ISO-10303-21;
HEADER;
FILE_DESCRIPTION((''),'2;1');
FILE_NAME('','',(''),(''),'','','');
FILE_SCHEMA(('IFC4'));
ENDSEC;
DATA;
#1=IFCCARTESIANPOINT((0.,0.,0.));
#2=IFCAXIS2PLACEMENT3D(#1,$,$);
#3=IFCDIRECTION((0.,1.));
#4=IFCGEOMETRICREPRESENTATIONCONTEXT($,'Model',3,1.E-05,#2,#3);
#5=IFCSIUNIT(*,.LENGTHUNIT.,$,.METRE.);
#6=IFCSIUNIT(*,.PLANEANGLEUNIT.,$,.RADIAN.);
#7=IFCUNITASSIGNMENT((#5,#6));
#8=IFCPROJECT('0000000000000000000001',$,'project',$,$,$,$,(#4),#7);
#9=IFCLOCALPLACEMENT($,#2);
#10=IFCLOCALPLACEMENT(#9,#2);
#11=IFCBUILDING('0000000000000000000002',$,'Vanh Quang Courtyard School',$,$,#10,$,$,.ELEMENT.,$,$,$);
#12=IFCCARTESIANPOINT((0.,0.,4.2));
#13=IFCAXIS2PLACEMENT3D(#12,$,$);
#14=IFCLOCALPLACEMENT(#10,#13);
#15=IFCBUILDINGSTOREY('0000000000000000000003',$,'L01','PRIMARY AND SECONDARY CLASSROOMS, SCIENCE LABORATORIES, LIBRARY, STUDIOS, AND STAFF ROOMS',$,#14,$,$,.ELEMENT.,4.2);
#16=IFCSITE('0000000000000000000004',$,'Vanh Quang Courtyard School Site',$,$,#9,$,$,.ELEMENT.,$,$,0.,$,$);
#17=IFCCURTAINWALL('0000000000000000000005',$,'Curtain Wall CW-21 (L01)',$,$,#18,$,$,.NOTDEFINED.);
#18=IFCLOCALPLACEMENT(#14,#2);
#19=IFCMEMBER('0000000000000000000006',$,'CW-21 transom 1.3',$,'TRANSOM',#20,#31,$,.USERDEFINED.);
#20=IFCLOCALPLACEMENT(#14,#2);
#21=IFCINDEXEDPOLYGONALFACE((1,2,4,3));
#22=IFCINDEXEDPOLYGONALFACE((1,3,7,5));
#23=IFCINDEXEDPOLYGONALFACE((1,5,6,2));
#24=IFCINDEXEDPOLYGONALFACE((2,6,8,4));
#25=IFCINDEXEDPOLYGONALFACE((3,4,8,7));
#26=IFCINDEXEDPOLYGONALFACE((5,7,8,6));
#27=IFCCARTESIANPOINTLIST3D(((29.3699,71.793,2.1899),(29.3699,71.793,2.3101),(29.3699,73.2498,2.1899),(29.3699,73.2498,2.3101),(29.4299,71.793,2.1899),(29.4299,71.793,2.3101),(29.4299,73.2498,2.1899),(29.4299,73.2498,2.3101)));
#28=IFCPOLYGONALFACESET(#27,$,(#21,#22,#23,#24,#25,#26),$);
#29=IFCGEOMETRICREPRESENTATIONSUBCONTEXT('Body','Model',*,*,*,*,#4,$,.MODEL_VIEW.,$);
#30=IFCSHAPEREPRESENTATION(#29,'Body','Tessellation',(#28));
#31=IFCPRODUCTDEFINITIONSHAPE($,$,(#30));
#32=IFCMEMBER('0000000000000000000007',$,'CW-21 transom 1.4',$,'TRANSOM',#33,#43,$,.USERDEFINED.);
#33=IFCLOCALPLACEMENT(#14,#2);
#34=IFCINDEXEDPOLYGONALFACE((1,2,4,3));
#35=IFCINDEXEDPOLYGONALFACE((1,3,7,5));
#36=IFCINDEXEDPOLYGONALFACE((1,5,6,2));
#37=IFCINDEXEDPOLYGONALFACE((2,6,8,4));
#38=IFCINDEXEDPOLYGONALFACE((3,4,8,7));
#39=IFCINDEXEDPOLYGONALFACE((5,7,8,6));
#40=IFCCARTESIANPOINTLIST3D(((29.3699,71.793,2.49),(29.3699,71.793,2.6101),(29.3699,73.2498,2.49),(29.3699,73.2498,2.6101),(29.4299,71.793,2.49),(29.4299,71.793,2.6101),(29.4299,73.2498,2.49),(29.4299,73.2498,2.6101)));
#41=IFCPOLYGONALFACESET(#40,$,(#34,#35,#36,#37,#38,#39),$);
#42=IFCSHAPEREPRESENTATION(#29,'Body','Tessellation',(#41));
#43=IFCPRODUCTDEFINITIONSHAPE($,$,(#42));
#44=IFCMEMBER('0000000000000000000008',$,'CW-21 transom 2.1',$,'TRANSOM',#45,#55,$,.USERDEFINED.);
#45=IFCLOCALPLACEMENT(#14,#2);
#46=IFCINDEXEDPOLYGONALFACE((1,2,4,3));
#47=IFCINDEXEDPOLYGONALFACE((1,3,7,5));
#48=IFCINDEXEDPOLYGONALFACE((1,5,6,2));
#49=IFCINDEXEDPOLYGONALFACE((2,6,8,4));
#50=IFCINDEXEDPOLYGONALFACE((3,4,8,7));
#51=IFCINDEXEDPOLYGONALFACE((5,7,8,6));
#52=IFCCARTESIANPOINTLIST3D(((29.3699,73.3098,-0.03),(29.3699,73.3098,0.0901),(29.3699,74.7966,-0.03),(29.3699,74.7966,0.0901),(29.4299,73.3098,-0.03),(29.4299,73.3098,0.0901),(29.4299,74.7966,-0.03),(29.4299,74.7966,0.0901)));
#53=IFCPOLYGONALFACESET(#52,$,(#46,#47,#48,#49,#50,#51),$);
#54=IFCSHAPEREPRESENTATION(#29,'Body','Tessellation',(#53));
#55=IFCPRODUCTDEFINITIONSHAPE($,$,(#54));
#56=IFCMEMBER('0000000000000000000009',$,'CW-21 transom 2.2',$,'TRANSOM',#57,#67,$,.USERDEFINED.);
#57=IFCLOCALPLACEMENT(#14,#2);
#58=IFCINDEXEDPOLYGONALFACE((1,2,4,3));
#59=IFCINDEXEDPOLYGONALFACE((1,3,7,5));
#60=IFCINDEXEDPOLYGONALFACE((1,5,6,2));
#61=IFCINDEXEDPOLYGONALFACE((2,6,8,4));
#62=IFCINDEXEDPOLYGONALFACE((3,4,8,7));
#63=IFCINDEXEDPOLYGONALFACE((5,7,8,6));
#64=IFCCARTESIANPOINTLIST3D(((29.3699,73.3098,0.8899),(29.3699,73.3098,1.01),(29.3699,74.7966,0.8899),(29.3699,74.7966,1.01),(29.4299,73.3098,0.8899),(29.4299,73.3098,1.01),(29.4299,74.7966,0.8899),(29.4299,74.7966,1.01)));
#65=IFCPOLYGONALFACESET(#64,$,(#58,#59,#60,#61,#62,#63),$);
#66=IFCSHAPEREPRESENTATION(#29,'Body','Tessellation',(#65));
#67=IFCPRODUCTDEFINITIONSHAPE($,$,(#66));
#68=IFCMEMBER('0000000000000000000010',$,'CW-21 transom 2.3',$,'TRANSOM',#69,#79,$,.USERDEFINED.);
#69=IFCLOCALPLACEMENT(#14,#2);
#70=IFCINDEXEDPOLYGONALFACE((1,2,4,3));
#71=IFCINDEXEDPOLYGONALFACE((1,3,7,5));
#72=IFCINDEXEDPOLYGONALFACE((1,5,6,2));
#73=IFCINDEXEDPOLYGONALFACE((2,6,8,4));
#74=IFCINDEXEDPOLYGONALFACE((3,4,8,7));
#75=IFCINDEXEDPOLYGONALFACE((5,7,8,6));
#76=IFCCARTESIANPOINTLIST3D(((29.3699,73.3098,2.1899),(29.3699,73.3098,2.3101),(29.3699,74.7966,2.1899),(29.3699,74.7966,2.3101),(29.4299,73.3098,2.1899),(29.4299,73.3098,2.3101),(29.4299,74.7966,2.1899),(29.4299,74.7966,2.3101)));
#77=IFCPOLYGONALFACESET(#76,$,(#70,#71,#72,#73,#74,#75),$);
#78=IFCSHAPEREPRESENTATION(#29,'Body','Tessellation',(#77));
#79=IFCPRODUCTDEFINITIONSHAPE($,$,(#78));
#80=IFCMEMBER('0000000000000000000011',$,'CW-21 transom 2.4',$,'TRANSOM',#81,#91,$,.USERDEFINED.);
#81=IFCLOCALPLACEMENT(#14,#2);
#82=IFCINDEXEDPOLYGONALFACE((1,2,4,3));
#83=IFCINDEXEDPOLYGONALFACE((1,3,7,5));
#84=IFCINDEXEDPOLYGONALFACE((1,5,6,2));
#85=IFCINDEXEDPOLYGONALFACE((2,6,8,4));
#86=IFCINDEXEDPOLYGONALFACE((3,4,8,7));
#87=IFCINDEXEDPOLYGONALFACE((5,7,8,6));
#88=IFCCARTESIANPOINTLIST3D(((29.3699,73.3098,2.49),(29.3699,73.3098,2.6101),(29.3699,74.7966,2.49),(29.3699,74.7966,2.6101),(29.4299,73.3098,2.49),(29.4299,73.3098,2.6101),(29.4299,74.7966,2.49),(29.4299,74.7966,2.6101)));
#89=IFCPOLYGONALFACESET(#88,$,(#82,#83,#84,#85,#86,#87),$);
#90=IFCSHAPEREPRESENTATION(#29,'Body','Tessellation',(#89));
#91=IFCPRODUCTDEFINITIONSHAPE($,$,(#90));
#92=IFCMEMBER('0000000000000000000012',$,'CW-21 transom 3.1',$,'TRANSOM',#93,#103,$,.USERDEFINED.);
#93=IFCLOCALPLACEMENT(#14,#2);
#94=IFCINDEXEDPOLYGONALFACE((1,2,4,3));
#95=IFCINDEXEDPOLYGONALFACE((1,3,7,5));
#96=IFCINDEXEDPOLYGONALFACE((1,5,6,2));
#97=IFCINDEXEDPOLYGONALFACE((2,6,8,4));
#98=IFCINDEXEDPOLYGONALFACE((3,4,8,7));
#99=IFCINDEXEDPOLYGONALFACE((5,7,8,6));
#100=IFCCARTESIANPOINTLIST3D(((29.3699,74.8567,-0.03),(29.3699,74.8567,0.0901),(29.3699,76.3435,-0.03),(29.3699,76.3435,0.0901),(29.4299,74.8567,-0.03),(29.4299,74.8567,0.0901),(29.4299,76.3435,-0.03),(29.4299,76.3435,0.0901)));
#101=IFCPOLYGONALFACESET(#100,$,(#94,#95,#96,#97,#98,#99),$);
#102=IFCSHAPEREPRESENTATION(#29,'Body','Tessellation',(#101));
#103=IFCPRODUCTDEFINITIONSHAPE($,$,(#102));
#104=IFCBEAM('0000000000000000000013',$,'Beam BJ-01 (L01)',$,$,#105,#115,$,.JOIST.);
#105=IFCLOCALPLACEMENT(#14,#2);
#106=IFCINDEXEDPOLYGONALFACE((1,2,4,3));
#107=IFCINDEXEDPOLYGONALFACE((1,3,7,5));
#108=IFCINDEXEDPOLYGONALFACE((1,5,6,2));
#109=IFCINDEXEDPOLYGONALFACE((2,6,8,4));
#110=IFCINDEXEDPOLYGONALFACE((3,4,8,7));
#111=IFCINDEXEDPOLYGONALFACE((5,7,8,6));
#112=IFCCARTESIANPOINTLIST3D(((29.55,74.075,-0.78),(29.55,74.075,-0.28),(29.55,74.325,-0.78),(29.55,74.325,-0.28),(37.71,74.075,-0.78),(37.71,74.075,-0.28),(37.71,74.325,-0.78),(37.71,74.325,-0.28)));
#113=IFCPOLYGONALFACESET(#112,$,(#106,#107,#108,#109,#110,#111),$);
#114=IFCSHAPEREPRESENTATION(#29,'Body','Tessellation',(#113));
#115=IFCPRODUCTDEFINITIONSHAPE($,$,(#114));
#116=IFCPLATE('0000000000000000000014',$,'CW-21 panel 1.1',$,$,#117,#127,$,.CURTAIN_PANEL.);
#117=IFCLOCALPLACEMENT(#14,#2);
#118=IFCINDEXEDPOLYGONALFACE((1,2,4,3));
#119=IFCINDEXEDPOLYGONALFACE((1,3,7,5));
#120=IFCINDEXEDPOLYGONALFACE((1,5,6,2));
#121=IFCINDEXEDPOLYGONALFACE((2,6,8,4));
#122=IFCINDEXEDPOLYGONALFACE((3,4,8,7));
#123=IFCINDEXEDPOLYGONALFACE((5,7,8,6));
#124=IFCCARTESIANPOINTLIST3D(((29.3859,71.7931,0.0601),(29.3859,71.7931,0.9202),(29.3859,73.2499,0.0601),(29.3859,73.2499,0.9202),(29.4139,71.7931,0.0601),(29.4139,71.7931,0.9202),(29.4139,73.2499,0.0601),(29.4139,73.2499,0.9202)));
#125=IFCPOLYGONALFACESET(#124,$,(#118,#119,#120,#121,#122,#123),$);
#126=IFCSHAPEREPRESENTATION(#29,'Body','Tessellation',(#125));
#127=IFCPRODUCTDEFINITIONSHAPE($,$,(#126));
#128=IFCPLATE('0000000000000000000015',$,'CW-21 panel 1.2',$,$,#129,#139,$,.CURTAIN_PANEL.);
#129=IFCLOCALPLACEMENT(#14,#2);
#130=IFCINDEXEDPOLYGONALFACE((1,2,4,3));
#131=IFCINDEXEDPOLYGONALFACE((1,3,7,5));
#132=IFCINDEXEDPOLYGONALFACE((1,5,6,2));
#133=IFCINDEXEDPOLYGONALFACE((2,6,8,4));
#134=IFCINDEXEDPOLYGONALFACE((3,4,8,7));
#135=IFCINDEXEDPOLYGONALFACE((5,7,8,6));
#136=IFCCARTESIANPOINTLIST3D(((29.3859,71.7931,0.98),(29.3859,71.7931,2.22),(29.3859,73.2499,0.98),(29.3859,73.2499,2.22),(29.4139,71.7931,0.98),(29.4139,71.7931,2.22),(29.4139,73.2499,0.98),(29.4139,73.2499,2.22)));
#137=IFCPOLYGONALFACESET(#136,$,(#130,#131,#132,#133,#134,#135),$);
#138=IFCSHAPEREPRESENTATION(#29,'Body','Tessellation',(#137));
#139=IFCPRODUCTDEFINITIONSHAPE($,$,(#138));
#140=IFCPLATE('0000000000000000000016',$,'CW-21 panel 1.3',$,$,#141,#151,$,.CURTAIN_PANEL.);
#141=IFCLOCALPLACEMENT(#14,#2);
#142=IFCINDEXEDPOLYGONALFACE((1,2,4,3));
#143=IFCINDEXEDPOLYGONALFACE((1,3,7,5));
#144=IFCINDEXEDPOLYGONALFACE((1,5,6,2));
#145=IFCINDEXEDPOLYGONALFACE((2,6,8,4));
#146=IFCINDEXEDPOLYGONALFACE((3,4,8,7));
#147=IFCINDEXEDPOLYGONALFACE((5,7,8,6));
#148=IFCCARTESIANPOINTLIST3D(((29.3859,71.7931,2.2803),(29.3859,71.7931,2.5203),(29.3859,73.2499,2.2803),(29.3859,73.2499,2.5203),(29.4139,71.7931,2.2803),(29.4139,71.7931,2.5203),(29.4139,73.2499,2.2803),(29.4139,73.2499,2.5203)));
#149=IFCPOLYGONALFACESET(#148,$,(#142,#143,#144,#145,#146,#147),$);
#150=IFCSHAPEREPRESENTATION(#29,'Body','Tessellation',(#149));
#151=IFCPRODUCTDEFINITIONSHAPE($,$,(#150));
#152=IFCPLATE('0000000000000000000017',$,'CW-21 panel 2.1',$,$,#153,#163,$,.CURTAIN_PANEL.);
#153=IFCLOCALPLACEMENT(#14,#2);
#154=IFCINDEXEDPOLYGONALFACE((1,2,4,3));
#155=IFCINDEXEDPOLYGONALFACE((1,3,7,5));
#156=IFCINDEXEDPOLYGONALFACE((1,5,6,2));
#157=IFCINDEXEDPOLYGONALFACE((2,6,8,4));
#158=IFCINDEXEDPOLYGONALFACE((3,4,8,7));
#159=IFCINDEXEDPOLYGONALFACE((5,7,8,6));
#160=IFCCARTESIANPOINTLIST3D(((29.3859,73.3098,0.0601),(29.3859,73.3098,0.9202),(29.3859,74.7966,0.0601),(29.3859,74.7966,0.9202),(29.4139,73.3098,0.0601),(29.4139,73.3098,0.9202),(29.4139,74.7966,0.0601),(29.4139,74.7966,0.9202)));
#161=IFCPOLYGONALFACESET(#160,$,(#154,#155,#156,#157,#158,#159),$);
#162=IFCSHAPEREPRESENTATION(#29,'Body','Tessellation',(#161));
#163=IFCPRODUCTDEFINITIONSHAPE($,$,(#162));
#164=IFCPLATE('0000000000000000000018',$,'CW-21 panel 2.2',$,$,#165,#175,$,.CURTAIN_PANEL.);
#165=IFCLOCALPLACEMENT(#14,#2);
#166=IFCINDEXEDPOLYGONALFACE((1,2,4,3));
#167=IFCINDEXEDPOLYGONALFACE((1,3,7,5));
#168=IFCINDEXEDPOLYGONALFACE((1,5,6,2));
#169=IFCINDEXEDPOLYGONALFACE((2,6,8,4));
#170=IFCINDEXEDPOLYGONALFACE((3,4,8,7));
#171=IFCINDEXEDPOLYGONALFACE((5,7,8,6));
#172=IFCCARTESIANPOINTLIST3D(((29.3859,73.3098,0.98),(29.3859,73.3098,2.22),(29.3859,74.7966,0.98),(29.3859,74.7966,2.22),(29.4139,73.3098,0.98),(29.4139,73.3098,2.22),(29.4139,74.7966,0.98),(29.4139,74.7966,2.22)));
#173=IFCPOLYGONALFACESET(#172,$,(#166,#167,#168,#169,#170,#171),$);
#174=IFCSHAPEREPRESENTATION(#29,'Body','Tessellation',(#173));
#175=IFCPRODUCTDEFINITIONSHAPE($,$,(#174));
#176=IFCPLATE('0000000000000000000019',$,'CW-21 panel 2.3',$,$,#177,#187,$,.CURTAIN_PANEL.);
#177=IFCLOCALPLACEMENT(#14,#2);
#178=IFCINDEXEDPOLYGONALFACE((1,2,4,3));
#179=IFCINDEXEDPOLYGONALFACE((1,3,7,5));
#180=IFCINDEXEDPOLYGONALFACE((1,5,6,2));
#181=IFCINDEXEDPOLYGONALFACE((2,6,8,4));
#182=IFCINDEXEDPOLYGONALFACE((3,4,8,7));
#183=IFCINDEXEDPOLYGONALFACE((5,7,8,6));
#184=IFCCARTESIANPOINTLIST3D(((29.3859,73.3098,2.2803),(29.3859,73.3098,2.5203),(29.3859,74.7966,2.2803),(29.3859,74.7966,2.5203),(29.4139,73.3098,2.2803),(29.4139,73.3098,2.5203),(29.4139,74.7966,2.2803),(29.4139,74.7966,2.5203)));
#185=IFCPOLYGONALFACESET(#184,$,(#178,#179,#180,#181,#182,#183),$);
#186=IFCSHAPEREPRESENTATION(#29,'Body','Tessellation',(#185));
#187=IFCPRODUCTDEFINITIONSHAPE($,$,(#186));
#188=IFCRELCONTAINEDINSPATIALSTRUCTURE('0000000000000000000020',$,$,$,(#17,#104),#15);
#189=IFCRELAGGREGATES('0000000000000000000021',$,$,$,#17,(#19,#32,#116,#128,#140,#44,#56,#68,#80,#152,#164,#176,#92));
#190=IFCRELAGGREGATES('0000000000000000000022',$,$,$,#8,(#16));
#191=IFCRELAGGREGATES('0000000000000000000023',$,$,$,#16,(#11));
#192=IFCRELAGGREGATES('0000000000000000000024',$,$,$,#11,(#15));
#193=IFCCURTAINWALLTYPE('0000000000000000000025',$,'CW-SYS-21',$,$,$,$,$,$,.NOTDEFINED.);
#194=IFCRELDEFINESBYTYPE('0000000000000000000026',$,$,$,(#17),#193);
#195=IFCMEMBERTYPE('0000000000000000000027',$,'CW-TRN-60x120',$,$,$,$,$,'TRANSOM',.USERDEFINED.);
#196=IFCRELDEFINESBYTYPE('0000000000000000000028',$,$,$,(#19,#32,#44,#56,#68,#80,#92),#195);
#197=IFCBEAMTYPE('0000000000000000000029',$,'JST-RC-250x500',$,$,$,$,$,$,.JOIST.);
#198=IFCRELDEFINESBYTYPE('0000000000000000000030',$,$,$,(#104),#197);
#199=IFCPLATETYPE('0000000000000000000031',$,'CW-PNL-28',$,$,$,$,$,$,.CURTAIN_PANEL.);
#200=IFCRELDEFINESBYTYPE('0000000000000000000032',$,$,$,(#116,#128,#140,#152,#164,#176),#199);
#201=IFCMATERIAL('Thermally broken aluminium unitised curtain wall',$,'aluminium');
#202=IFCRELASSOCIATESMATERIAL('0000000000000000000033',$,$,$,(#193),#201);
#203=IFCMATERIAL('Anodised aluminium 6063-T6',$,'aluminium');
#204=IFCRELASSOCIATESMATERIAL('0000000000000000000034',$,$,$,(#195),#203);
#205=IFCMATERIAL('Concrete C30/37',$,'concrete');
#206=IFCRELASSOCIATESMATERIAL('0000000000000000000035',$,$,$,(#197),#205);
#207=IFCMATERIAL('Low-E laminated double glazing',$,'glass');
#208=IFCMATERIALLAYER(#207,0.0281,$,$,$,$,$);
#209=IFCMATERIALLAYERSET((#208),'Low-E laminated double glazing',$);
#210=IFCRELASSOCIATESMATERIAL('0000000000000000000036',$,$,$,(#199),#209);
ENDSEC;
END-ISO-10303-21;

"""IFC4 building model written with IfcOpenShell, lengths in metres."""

from ifc_helpers import new_model, si_unit, direction, frame, origin, origin_2d, place, context, subcontext, project, spatial, rectangle, extrude, material, layer, layer_set, material_profile, profile_set, type_object, element, aggregate, save


model = new_model("IFC4")

# Units and contexts
model_context = context("Model", 3, precision=1e-05, world=origin(), true_north=direction((0.0, 1.0)))
body_context = subcontext(model_context, "Body", "Model", "MODEL_VIEW")
ifc_project = project(units=[si_unit("LENGTHUNIT", "METRE"), si_unit("PLANEANGLEUNIT", "RADIAN")], contexts=[model_context])

# Site, building, storey
site_placement = place(None, origin())
site = spatial("IfcSite", under=ifc_project, at=site_placement, Name="Vanh Quang Courtyard School Site", CompositionType="ELEMENT", RefElevation=0.0)
building_placement = place(site_placement, origin())
building = spatial("IfcBuilding", under=site, at=building_placement, Name="Vanh Quang Courtyard School", CompositionType="ELEMENT")
storey_placement = place(building_placement, frame((0.0, 0.0, 4.2)))
storey = spatial("IfcBuildingStorey", under=building, at=storey_placement, Name="L01", Description="PRIMARY AND SECONDARY CLASSROOMS, SCIENCE LABORATORIES, LIBRARY, STUDIOS, AND STAFF ROOMS", CompositionType="ELEMENT", Elevation=4.2)

# Curtain wall, members
ifc_material_1 = material(Name="Thermally broken aluminium unitised curtain wall", Category="aluminium")
curtain_wall_type = type_object("IfcCurtainWallType", Name="CW-SYS-21", PredefinedType="NOTDEFINED", material=ifc_material_1)
curtain_wall_placement = place(storey_placement, origin())
curtain_wall = element("IfcCurtainWall", 1, at=curtain_wall_placement, inside=storey, type_object=curtain_wall_type, Name="Curtain Wall CW-21 (L01)", PredefinedType="NOTDEFINED")
ifc_material_2 = material(Name="Anodised aluminium 6063-T6", Category="aluminium")
ifc_material_profile_1 = material_profile(ifc_material_2, rectangle(XDim=0.0601, YDim=0.1201, at=origin_2d()), Name="ALU-TRN 60x120")
ifc_profile_set_1 = profile_set([ifc_material_profile_1], Name="Anodised aluminium 6063-T6")
member_type_1 = type_object("IfcMemberType", Name="CW-TRN-60x120", ElementType="TRANSOM", PredefinedType="USERDEFINED", material=ifc_profile_set_1)
member_1_placement = place(storey_placement, frame((29.3999, 71.793, 2.25), z_axis=(0.0, 1.0, 0.0), x_axis=(-1.0, 0.0, 0.0)))
member_1 = element("IfcMember", 2, at=member_1_placement, type_object=member_type_1, Name="CW-21 transom 1.3", ObjectType="TRANSOM", PredefinedType="USERDEFINED", context=body_context, shape_type="SweptSolid", body=[
    extrude(rectangle(XDim=0.0601, YDim=0.1201, at=origin_2d()), origin(), (0.0, 0.0, 1.0), 1.4568),
])
member_2_placement = place(storey_placement, frame((29.3999, 71.793, 2.55), z_axis=(0.0, 1.0, 0.0), x_axis=(-1.0, 0.0, 0.0)))
member_2 = element("IfcMember", 3, at=member_2_placement, type_object=member_type_1, Name="CW-21 transom 1.4", ObjectType="TRANSOM", PredefinedType="USERDEFINED", context=body_context, shape_type="SweptSolid", body=[
    extrude(rectangle(XDim=0.0601, YDim=0.1201, at=origin_2d()), origin(), (0.0, 0.0, 1.0), 1.4568),
])
member_3_placement = place(storey_placement, frame((29.3999, 73.3098, 0.03), z_axis=(0.0, 1.0, 0.0), x_axis=(-1.0, 0.0, 0.0)))
member_3 = element("IfcMember", 4, at=member_3_placement, type_object=member_type_1, Name="CW-21 transom 2.1", ObjectType="TRANSOM", PredefinedType="USERDEFINED", context=body_context, shape_type="SweptSolid", body=[
    extrude(rectangle(XDim=0.0601, YDim=0.1201, at=origin_2d()), origin(), (0.0, 0.0, 1.0), 1.4868),
])
member_4_placement = place(storey_placement, frame((29.3999, 73.3098, 0.95), z_axis=(0.0, 1.0, 0.0), x_axis=(-1.0, 0.0, 0.0)))
member_4 = element("IfcMember", 5, at=member_4_placement, type_object=member_type_1, Name="CW-21 transom 2.2", ObjectType="TRANSOM", PredefinedType="USERDEFINED", context=body_context, shape_type="SweptSolid", body=[
    extrude(rectangle(XDim=0.0601, YDim=0.1201, at=origin_2d()), origin(), (0.0, 0.0, 1.0), 1.4868),
])
member_5_placement = place(storey_placement, frame((29.3999, 73.3098, 2.25), z_axis=(0.0, 1.0, 0.0), x_axis=(-1.0, 0.0, 0.0)))
member_5 = element("IfcMember", 6, at=member_5_placement, type_object=member_type_1, Name="CW-21 transom 2.3", ObjectType="TRANSOM", PredefinedType="USERDEFINED", context=body_context, shape_type="SweptSolid", body=[
    extrude(rectangle(XDim=0.0601, YDim=0.1201, at=origin_2d()), origin(), (0.0, 0.0, 1.0), 1.4868),
])
member_6_placement = place(storey_placement, frame((29.3999, 73.3098, 2.55), z_axis=(0.0, 1.0, 0.0), x_axis=(-1.0, 0.0, 0.0)))
member_6 = element("IfcMember", 7, at=member_6_placement, type_object=member_type_1, Name="CW-21 transom 2.4", ObjectType="TRANSOM", PredefinedType="USERDEFINED", context=body_context, shape_type="SweptSolid", body=[
    extrude(rectangle(XDim=0.0601, YDim=0.1201, at=origin_2d()), origin(), (0.0, 0.0, 1.0), 1.4868),
])
member_7_placement = place(storey_placement, frame((29.3999, 74.8567, 0.03), z_axis=(0.0, 1.0, 0.0), x_axis=(-1.0, 0.0, 0.0)))
member_7 = element("IfcMember", 8, at=member_7_placement, type_object=member_type_1, Name="CW-21 transom 3.1", ObjectType="TRANSOM", PredefinedType="USERDEFINED", context=body_context, shape_type="SweptSolid", body=[
    extrude(rectangle(XDim=0.0601, YDim=0.1201, at=origin_2d()), origin(), (0.0, 0.0, 1.0), 1.4868),
])

# Beam
ifc_material_3 = material(Name="Concrete C30/37", Category="concrete")
ifc_material_profile_2 = material_profile(ifc_material_3, rectangle(XDim=0.25, YDim=0.5, at=origin_2d()), Name="RC-JST 250x500")
ifc_profile_set_2 = profile_set([ifc_material_profile_2], Name="Concrete C30/37")
beam_type_1 = type_object("IfcBeamType", Name="JST-RC-250x500", PredefinedType="JOIST", material=ifc_profile_set_2)
beam_1_placement = place(storey_placement, frame((29.55, 74.2, -0.53), z_axis=(1.0, 0.0, 0.0), x_axis=(0.0, 1.0, 0.0)))
element("IfcBeam", 9, at=beam_1_placement, inside=storey, type_object=beam_type_1, Name="Beam BJ-01 (L01)", PredefinedType="JOIST", context=body_context, shape_type="SweptSolid", body=[
    extrude(rectangle(XDim=0.25, YDim=0.5, at=origin_2d()), origin(), (0.0, 0.0, 1.0), 8.1599),
])

# Plates
ifc_material_4 = material(Name="Low-E laminated double glazing", Category="glass")
ifc_layer_1 = layer(ifc_material_4, 0.0281)
ifc_layer_set_1 = layer_set([ifc_layer_1], Name="Low-E laminated double glazing")
plate_type = type_object("IfcPlateType", Name="CW-PNL-28", PredefinedType="CURTAIN_PANEL", material=ifc_layer_set_1)
plate_1_placement = place(storey_placement, frame((29.3999, 72.5215, 0.0601), z_axis=(0.0, 0.0, 1.0), x_axis=(0.0, 1.0, 0.0)))
plate_1 = element("IfcPlate", 10, at=plate_1_placement, type_object=plate_type, Name="CW-21 panel 1.1", PredefinedType="CURTAIN_PANEL", context=body_context, shape_type="SweptSolid", body=[
    extrude(rectangle(XDim=1.4568, YDim=0.0281, at=origin_2d()), origin(), (0.0, 0.0, 1.0), 0.8601),
])
plate_2_placement = place(storey_placement, frame((29.3999, 72.5215, 0.98), z_axis=(0.0, 0.0, 1.0), x_axis=(0.0, 1.0, 0.0)))
plate_2 = element("IfcPlate", 11, at=plate_2_placement, type_object=plate_type, Name="CW-21 panel 1.2", PredefinedType="CURTAIN_PANEL", context=body_context, shape_type="SweptSolid", body=[
    extrude(rectangle(XDim=1.4568, YDim=0.0281, at=origin_2d()), origin(), (0.0, 0.0, 1.0), 1.24),
])
plate_3_placement = place(storey_placement, frame((29.3999, 72.5215, 2.2803), z_axis=(0.0, 0.0, 1.0), x_axis=(0.0, 1.0, 0.0)))
plate_3 = element("IfcPlate", 12, at=plate_3_placement, type_object=plate_type, Name="CW-21 panel 1.3", PredefinedType="CURTAIN_PANEL", context=body_context, shape_type="SweptSolid", body=[
    extrude(rectangle(XDim=1.4568, YDim=0.0281, at=origin_2d()), origin(), (0.0, 0.0, 1.0), 0.24),
])
plate_4_placement = place(storey_placement, frame((29.3999, 74.0532, 0.0601), z_axis=(0.0, 0.0, 1.0), x_axis=(0.0, 1.0, 0.0)))
plate_4 = element("IfcPlate", 13, at=plate_4_placement, type_object=plate_type, Name="CW-21 panel 2.1", PredefinedType="CURTAIN_PANEL", context=body_context, shape_type="SweptSolid", body=[
    extrude(rectangle(XDim=1.4868, YDim=0.0281, at=origin_2d()), origin(), (0.0, 0.0, 1.0), 0.8601),
])
plate_5_placement = place(storey_placement, frame((29.3999, 74.0532, 0.98), z_axis=(0.0, 0.0, 1.0), x_axis=(0.0, 1.0, 0.0)))
plate_5 = element("IfcPlate", 14, at=plate_5_placement, type_object=plate_type, Name="CW-21 panel 2.2", PredefinedType="CURTAIN_PANEL", context=body_context, shape_type="SweptSolid", body=[
    extrude(rectangle(XDim=1.4868, YDim=0.0281, at=origin_2d()), origin(), (0.0, 0.0, 1.0), 1.24),
])
plate_6_placement = place(storey_placement, frame((29.3999, 74.0532, 2.2803), z_axis=(0.0, 0.0, 1.0), x_axis=(0.0, 1.0, 0.0)))
plate_6 = element("IfcPlate", 15, at=plate_6_placement, type_object=plate_type, Name="CW-21 panel 2.3", PredefinedType="CURTAIN_PANEL", context=body_context, shape_type="SweptSolid", body=[
    extrude(rectangle(XDim=1.4868, YDim=0.0281, at=origin_2d()), origin(), (0.0, 0.0, 1.0), 0.24),
])
aggregate(curtain_wall, [member_1, member_2, plate_1, plate_2, plate_3, member_3, member_4, member_5, member_6, plate_4, plate_5, plate_6, member_7])

save(model, "model.ifc")
